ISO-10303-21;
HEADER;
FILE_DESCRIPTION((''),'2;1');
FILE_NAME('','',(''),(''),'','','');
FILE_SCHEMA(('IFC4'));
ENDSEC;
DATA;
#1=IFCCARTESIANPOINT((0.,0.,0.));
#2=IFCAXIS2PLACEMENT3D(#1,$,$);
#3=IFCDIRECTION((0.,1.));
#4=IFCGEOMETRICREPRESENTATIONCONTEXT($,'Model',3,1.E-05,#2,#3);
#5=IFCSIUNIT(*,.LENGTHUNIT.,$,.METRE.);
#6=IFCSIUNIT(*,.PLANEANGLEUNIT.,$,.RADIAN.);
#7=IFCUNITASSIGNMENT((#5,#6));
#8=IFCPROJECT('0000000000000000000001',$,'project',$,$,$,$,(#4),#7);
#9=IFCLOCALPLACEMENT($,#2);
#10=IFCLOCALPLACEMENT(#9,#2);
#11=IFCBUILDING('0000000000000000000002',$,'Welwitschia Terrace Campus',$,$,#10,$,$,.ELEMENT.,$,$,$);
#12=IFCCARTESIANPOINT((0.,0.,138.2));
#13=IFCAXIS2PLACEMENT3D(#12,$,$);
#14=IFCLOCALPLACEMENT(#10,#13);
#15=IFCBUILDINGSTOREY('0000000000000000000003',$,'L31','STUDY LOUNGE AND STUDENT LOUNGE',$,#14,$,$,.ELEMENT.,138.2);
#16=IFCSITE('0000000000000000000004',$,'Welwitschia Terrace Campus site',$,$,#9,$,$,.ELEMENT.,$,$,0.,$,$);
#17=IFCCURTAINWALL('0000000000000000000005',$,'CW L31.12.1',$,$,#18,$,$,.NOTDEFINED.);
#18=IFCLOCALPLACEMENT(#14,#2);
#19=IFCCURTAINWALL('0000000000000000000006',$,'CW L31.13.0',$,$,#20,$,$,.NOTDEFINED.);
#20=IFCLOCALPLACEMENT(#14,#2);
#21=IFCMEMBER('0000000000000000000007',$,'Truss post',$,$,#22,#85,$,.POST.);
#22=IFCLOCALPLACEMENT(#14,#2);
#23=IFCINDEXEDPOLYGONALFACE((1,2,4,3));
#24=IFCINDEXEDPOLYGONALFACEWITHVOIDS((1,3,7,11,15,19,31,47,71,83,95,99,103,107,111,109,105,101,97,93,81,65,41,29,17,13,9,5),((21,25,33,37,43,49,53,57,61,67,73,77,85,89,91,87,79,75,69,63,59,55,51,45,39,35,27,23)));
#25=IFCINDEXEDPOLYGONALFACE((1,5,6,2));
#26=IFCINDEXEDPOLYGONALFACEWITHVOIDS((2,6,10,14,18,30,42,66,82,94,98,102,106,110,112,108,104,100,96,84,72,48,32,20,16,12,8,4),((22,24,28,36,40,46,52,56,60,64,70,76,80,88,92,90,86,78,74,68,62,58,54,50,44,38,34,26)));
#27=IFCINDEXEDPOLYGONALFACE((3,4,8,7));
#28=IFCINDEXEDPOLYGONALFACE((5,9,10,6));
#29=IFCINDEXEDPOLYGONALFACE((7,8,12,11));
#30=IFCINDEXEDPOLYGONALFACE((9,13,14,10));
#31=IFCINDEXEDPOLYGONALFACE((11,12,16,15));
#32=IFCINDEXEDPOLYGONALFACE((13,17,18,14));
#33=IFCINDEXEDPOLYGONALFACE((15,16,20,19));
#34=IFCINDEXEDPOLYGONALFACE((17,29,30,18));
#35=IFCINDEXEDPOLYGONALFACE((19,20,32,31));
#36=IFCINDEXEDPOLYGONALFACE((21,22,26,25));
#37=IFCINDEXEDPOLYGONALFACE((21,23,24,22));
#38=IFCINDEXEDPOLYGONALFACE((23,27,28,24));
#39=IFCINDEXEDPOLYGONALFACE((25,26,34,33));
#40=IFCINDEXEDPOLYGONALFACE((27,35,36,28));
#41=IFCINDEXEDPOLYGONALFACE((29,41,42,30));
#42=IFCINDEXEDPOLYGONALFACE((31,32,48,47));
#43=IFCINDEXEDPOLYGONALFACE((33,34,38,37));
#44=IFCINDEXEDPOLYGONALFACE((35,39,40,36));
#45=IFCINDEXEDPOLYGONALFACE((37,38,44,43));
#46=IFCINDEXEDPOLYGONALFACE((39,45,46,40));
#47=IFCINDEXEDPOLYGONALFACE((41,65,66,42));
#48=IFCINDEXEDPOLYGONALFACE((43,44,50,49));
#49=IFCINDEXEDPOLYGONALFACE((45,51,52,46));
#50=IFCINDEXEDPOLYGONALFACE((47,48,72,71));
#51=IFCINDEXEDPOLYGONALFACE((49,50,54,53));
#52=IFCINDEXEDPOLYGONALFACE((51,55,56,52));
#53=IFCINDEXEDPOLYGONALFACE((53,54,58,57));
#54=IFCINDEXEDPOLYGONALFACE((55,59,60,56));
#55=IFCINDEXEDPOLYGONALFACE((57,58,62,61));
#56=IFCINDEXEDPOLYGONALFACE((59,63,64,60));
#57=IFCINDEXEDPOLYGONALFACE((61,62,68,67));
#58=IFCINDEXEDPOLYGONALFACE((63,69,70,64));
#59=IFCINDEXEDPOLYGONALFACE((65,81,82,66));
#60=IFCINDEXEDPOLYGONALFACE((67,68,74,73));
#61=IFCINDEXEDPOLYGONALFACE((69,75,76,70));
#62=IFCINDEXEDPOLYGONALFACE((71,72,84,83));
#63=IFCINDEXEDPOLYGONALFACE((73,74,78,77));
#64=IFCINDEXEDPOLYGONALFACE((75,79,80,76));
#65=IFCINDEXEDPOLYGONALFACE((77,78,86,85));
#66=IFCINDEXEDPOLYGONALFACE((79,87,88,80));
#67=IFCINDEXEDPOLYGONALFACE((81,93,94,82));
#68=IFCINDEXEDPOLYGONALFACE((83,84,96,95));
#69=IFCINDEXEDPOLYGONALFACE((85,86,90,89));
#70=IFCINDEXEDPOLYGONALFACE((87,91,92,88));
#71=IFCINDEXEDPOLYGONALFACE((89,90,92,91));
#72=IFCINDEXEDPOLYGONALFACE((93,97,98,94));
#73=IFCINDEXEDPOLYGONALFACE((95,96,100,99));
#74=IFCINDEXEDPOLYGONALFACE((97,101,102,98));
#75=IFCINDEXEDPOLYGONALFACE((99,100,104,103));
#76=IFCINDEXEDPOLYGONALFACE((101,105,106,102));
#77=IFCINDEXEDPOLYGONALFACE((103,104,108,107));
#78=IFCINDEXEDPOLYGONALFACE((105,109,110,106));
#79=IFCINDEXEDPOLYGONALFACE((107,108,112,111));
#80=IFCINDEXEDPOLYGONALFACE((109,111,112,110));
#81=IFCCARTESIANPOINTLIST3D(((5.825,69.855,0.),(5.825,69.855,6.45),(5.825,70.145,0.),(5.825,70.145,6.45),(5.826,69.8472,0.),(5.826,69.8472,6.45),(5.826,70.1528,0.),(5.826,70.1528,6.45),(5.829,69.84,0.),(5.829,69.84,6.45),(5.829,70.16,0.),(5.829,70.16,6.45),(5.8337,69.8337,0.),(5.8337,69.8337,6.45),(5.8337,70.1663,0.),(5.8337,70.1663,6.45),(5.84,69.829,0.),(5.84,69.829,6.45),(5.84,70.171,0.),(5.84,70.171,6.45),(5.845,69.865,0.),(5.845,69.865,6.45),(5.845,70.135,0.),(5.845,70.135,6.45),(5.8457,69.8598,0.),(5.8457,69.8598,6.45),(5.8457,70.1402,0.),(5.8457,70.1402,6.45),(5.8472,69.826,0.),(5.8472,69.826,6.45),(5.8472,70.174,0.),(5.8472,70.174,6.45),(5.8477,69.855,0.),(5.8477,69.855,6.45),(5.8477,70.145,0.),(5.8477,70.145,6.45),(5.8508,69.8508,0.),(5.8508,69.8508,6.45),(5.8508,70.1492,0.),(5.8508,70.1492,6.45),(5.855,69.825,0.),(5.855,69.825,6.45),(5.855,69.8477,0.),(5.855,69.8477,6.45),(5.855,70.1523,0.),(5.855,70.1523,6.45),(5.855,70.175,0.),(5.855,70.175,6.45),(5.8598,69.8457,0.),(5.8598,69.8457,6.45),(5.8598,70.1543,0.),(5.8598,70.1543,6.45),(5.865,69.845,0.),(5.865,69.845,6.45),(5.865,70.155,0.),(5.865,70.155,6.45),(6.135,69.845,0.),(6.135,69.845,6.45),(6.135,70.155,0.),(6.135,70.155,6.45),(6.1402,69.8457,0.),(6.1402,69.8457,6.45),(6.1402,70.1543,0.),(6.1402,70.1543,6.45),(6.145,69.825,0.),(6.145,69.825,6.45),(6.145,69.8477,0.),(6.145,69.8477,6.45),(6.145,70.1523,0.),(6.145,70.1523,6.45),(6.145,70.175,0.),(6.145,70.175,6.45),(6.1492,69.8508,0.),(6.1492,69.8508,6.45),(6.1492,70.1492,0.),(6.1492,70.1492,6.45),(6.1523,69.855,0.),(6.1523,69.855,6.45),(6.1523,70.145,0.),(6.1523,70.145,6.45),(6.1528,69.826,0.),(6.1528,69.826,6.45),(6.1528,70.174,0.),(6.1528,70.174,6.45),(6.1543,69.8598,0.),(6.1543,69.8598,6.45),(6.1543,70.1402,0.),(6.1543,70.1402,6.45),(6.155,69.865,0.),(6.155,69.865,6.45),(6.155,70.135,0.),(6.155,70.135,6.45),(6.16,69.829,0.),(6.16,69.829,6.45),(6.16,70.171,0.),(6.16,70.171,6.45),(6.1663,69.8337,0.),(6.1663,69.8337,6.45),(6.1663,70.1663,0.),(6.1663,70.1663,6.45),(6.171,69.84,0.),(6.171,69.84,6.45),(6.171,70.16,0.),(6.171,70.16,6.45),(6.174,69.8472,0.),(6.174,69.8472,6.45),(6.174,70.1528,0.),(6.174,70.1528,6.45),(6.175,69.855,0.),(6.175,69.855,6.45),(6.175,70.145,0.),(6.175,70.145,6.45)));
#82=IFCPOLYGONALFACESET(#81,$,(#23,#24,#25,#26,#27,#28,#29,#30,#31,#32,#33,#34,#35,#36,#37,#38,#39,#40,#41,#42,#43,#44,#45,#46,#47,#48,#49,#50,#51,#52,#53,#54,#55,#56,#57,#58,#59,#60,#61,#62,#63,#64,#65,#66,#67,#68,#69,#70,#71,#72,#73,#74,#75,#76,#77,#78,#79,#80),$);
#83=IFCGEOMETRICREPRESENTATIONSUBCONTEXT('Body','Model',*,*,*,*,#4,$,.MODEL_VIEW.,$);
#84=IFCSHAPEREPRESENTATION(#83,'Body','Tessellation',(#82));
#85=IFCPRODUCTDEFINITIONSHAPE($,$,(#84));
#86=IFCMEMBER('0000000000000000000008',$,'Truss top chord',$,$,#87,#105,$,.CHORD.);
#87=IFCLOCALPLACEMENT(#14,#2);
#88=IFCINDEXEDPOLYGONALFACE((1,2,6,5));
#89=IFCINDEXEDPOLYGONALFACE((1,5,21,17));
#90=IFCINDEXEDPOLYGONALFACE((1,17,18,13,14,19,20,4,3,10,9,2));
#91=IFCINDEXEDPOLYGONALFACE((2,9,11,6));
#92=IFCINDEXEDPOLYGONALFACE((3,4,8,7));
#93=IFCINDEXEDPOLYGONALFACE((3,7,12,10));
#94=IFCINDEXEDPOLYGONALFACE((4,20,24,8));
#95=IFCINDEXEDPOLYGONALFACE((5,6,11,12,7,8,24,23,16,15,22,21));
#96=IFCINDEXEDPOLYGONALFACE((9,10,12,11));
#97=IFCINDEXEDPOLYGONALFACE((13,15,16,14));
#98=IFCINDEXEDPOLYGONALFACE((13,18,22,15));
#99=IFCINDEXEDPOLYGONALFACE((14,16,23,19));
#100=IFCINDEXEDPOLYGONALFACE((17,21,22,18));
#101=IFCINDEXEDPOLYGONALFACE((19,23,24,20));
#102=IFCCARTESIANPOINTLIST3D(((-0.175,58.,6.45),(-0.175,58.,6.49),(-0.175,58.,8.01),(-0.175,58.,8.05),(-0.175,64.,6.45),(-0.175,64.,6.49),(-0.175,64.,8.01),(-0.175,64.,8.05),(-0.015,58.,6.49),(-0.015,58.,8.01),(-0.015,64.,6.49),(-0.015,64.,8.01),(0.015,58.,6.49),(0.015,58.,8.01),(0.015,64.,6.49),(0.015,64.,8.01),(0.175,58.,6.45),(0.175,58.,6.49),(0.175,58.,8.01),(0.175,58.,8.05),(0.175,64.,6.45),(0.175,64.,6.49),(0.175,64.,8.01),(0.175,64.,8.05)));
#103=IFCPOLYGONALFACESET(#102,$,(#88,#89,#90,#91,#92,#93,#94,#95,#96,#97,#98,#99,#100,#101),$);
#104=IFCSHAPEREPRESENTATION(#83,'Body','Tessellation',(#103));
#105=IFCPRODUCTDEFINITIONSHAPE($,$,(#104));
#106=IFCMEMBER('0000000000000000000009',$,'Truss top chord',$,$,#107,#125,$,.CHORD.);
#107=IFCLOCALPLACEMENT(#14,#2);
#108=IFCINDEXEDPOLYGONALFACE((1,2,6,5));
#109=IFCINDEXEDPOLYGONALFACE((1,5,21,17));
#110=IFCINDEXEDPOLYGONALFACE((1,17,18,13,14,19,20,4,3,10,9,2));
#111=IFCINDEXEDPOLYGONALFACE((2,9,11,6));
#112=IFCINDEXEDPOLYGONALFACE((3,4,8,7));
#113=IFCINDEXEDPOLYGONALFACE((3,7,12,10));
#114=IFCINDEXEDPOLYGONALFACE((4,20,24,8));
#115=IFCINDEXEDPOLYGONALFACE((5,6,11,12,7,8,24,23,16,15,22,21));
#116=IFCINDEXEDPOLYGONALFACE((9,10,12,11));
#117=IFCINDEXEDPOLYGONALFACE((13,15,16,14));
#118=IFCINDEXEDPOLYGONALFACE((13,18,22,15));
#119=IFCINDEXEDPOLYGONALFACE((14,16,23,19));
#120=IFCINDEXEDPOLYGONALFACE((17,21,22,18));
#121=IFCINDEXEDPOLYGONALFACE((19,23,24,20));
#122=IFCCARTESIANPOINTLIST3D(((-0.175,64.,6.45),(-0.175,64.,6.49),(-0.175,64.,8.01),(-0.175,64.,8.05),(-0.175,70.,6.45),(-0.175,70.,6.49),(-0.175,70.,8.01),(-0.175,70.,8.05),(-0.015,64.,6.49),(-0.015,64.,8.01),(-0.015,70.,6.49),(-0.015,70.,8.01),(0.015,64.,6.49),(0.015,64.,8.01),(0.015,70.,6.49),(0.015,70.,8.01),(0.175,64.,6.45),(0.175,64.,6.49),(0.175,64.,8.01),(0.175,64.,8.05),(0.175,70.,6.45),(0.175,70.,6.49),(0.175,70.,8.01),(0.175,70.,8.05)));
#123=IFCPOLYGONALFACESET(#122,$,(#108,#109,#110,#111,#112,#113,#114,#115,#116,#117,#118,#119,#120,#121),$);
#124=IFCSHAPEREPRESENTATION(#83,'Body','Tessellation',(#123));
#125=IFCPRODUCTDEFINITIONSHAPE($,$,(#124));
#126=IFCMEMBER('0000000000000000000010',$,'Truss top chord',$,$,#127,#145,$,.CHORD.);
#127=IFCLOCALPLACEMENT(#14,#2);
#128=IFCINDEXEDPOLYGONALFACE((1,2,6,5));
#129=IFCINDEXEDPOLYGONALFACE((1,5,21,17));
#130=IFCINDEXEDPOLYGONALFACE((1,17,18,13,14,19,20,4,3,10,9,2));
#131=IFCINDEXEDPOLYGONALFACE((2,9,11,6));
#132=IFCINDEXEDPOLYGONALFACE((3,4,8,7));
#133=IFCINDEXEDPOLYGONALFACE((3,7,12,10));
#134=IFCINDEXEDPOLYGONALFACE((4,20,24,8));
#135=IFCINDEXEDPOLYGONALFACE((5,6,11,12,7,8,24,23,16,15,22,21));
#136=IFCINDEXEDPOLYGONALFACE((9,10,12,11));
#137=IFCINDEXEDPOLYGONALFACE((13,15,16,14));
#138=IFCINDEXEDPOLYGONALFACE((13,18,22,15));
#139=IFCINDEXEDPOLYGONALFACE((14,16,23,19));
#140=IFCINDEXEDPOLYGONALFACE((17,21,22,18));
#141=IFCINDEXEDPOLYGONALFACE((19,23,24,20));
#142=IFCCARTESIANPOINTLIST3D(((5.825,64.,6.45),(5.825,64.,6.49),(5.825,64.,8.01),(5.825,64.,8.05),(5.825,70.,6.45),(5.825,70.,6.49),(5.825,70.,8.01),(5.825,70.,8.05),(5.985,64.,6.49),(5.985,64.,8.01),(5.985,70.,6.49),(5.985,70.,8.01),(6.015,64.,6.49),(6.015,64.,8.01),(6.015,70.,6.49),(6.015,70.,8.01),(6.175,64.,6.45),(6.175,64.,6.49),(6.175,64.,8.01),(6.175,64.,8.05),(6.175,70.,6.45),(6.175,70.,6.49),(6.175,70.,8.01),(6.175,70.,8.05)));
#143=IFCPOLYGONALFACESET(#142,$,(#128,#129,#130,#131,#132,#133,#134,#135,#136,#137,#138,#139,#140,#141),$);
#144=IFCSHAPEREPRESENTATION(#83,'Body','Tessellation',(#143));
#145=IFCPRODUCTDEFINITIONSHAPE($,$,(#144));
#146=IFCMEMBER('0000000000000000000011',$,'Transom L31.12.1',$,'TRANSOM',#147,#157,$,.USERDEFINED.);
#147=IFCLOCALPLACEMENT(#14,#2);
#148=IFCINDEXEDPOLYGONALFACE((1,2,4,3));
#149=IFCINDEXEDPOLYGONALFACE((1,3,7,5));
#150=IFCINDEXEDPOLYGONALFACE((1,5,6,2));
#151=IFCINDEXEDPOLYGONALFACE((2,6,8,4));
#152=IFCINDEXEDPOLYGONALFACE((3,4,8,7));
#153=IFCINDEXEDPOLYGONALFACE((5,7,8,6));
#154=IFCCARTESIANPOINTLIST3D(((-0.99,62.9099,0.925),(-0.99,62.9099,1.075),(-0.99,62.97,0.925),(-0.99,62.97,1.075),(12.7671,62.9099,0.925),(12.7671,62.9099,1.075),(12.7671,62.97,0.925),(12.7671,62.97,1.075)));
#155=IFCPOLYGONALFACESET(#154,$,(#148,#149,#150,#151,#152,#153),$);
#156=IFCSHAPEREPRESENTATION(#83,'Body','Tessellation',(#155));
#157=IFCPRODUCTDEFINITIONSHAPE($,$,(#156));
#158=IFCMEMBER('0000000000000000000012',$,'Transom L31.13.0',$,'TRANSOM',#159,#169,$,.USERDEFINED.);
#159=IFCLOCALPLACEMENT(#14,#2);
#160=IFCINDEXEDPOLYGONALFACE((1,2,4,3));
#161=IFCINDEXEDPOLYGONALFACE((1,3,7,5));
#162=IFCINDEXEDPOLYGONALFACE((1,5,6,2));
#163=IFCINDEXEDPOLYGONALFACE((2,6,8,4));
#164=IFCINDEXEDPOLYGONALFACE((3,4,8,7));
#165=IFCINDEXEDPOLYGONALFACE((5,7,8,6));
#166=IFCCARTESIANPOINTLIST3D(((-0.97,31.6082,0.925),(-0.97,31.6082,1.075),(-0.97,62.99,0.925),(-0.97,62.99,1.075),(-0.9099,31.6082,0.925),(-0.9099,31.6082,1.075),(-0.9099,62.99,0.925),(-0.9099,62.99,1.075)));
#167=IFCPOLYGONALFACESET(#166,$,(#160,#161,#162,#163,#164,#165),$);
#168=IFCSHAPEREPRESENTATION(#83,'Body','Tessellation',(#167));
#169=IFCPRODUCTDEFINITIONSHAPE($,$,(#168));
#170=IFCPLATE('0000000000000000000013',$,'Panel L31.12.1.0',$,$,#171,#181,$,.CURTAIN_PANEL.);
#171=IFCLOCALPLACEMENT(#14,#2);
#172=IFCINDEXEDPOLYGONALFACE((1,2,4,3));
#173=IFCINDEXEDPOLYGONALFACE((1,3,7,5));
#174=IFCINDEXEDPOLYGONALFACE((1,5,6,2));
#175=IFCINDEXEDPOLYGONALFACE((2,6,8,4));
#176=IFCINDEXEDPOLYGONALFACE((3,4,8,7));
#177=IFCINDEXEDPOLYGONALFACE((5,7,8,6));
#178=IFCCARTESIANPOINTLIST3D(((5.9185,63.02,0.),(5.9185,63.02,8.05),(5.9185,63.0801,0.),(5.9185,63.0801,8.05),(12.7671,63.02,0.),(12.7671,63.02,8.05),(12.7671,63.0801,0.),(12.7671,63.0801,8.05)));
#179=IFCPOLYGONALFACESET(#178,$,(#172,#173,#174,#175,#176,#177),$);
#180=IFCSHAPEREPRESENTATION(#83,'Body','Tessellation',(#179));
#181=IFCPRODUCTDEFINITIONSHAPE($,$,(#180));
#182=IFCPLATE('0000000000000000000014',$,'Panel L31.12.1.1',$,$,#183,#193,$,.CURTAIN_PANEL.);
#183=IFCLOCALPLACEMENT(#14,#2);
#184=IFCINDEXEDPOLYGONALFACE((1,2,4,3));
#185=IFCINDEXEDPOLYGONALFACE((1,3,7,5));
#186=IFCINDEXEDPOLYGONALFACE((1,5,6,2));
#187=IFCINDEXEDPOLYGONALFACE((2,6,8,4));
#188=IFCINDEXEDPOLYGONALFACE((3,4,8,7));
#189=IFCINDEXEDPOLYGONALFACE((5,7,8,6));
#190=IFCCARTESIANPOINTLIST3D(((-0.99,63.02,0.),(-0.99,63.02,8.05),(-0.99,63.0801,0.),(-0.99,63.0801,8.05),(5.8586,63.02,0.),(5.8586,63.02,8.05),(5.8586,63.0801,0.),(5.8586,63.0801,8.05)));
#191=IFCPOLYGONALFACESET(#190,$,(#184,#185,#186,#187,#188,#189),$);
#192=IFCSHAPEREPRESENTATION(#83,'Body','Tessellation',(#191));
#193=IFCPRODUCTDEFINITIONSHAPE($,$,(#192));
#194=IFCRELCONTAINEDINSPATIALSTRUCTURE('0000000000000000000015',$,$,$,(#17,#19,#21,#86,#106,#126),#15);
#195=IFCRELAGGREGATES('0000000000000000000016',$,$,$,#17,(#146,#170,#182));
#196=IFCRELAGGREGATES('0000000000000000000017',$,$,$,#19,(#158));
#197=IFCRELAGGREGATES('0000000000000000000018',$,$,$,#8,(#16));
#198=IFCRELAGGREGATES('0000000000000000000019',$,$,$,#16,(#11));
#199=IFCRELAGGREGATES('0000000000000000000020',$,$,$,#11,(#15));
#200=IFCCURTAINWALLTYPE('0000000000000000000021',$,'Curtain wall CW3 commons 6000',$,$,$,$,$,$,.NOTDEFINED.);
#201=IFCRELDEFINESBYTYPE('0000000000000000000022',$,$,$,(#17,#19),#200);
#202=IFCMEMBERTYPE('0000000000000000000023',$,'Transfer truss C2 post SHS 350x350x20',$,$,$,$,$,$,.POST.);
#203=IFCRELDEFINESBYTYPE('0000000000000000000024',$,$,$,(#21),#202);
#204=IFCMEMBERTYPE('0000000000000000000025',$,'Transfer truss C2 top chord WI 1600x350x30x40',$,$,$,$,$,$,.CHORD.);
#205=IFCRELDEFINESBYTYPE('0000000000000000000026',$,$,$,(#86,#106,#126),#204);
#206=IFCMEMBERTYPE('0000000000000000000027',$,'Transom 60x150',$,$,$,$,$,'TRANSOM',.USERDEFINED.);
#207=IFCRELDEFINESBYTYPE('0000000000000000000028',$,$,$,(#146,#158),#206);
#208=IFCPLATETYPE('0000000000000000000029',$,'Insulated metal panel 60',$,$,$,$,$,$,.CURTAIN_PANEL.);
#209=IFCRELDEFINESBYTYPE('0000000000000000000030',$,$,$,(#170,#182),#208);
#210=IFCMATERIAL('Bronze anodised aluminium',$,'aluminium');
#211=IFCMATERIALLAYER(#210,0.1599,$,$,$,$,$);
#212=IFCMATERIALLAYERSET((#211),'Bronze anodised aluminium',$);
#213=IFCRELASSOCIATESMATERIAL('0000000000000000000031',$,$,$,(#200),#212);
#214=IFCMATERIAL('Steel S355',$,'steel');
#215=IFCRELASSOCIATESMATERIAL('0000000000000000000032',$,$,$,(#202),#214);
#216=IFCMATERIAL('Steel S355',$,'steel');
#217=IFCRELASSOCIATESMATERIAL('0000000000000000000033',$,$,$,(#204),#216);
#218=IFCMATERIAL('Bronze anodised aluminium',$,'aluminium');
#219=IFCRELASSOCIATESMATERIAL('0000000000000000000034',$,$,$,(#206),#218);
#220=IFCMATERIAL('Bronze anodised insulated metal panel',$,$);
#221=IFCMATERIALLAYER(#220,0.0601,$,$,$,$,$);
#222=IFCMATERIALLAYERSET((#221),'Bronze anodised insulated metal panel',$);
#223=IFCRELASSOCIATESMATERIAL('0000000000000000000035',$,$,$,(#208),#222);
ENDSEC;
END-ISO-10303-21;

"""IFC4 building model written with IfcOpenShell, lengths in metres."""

from ifc_helpers import new_model, si_unit, direction, frame, origin, origin_2d, place, context, subcontext, project, spatial, rectangle, hollow_rectangle, i_section, extrude, material, layer, layer_set, material_profile, profile_set, type_object, element, aggregate, save


model = new_model("IFC4")

# Units and contexts
model_context = context("Model", 3, precision=1e-05, world=origin(), true_north=direction((0.0, 1.0)))
body_context = subcontext(model_context, "Body", "Model", "MODEL_VIEW")
ifc_project = project(units=[si_unit("LENGTHUNIT", "METRE"), si_unit("PLANEANGLEUNIT", "RADIAN")], contexts=[model_context])

# Site, building, storey
site_placement = place(None, origin())
site = spatial("IfcSite", under=ifc_project, at=site_placement, Name="Welwitschia Terrace Campus site", CompositionType="ELEMENT", RefElevation=0.0)
building_placement = place(site_placement, origin())
building = spatial("IfcBuilding", under=site, at=building_placement, Name="Welwitschia Terrace Campus", CompositionType="ELEMENT")
storey_placement = place(building_placement, frame((0.0, 0.0, 138.2)))
storey = spatial("IfcBuildingStorey", under=building, at=storey_placement, Name="L31", Description="STUDY LOUNGE AND STUDENT LOUNGE", CompositionType="ELEMENT", Elevation=138.2)

# Curtain walls
ifc_material_1 = material(Name="Bronze anodised aluminium", Category="aluminium")
ifc_layer_1 = layer(ifc_material_1, 0.1599)
ifc_layer_set_1 = layer_set([ifc_layer_1], Name="Bronze anodised aluminium")
curtain_wall_type = type_object("IfcCurtainWallType", Name="Curtain wall CW3 commons 6000", PredefinedType="NOTDEFINED", material=ifc_layer_set_1)
curtain_wall_1_placement = place(storey_placement, origin())
curtain_wall_1 = element("IfcCurtainWall", 1, at=curtain_wall_1_placement, inside=storey, type_object=curtain_wall_type, Name="CW L31.12.1", PredefinedType="NOTDEFINED")
curtain_wall_2_placement = place(storey_placement, origin())
curtain_wall_2 = element("IfcCurtainWall", 2, at=curtain_wall_2_placement, inside=storey, type_object=curtain_wall_type, Name="CW L31.13.0", PredefinedType="NOTDEFINED")

# Members
ifc_material_2 = material(Name="Steel S355", Category="steel")
ifc_material_profile_1 = material_profile(ifc_material_2, hollow_rectangle(XDim=0.3501, YDim=0.3501, WallThickness=0.02, InnerFilletRadius=0.02, OuterFilletRadius=0.03, at=origin_2d()))
ifc_profile_set_1 = profile_set([ifc_material_profile_1], Name="Steel S355")
member_type_1 = type_object("IfcMemberType", Name="Transfer truss C2 post SHS 350x350x20", PredefinedType="POST", material=ifc_profile_set_1)
for number, where, z_axis, x_axis, name in (
    (3, (6.0, 70.0, 0.0), (0.0, 0.0, 1.0), (1.0, 0.0, 0.0), "Truss post"),
):
    element("IfcMember", number, at=place(storey_placement, frame(where, z_axis=z_axis, x_axis=x_axis)), inside=storey, type_object=member_type_1, Name=name, PredefinedType="POST", context=body_context, shape_type="SweptSolid", body=[
        extrude(hollow_rectangle(XDim=0.3501, YDim=0.3501, WallThickness=0.02, InnerFilletRadius=0.02, OuterFilletRadius=0.03, at=origin_2d()), origin(), (0.0, 0.0, 1.0), 6.45),
    ])
ifc_material_3 = material(Name="Steel S355", Category="steel")
ifc_material_profile_2 = material_profile(ifc_material_3, i_section(OverallWidth=0.3501, OverallDepth=1.6001, WebThickness=0.03, FlangeThickness=0.04, at=origin_2d()))
ifc_profile_set_2 = profile_set([ifc_material_profile_2], Name="Steel S355")
member_type_2 = type_object("IfcMemberType", Name="Transfer truss C2 top chord WI 1600x350x30x40", PredefinedType="CHORD", material=ifc_profile_set_2)
for number, where, z_axis, x_axis, name in (
    (4, (0.0, 58.0, 7.25), (0.0, 1.0, 0.0), (-1.0, 0.0, 0.0), "Truss top chord"),
    (5, (0.0, 64.0, 7.25), (0.0, 1.0, 0.0), (-1.0, 0.0, 0.0), "Truss top chord"),
    (6, (6.0, 64.0, 7.25), (0.0, 1.0, 0.0), (-1.0, 0.0, 0.0), "Truss top chord"),
):
    element("IfcMember", number, at=place(storey_placement, frame(where, z_axis=z_axis, x_axis=x_axis)), inside=storey, type_object=member_type_2, Name=name, PredefinedType="CHORD", context=body_context, shape_type="SweptSolid", body=[
        extrude(i_section(OverallWidth=0.3501, OverallDepth=1.6001, WebThickness=0.03, FlangeThickness=0.04, at=origin_2d()), origin(), (0.0, 0.0, 1.0), 6.0),
    ])

# Members
ifc_material_4 = material(Name="Bronze anodised aluminium", Category="aluminium")
ifc_material_profile_3 = material_profile(ifc_material_4, rectangle(XDim=0.0601, YDim=0.1499, at=origin_2d()))
ifc_profile_set_3 = profile_set([ifc_material_profile_3], Name="Bronze anodised aluminium")
member_type_3 = type_object("IfcMemberType", Name="Transom 60x150", ElementType="TRANSOM", PredefinedType="USERDEFINED", material=ifc_profile_set_3)
member_1_placement = place(storey_placement, frame((12.7671, 62.9399, 1.0), z_axis=(-1.0, 0.0, 0.0), x_axis=(0.0, -1.0, 0.0)))
member_1 = element("IfcMember", 7, at=member_1_placement, type_object=member_type_3, Name="Transom L31.12.1", ObjectType="TRANSOM", PredefinedType="USERDEFINED", context=body_context, shape_type="SweptSolid", body=[
    extrude(rectangle(XDim=0.0601, YDim=0.1499, at=origin_2d()), origin(), (0.0, 0.0, 1.0), 13.7571),
])
member_2_placement = place(storey_placement, frame((-0.9399, 62.99, 1.0), z_axis=(0.0, -1.0, 0.0), x_axis=(1.0, 0.0, 0.0)))
member_2 = element("IfcMember", 8, at=member_2_placement, type_object=member_type_3, Name="Transom L31.13.0", ObjectType="TRANSOM", PredefinedType="USERDEFINED", context=body_context, shape_type="SweptSolid", body=[
    extrude(rectangle(XDim=0.0601, YDim=0.1499, at=origin_2d()), origin(), (0.0, 0.0, 1.0), 31.3818),
])

# Plates
ifc_material_5 = material(Name="Bronze anodised insulated metal panel")
ifc_layer_2 = layer(ifc_material_5, 0.0601)
ifc_layer_set_2 = layer_set([ifc_layer_2], Name="Bronze anodised insulated metal panel")
plate_type = type_object("IfcPlateType", Name="Insulated metal panel 60", PredefinedType="CURTAIN_PANEL", material=ifc_layer_set_2)
plate_1_placement = place(storey_placement, frame((9.3428, 63.05, 0.0), z_axis=(0.0, 0.0, 1.0), x_axis=(-1.0, 0.0, 0.0)))
plate_1 = element("IfcPlate", 9, at=plate_1_placement, type_object=plate_type, Name="Panel L31.12.1.0", PredefinedType="CURTAIN_PANEL", context=body_context, shape_type="SweptSolid", body=[
    extrude(rectangle(XDim=6.8486, YDim=0.0601, at=origin_2d()), origin(), (0.0, 0.0, 1.0), 8.05),
])
plate_2_placement = place(storey_placement, frame((2.4343, 63.05, 0.0), z_axis=(0.0, 0.0, 1.0), x_axis=(-1.0, 0.0, 0.0)))
plate_2 = element("IfcPlate", 10, at=plate_2_placement, type_object=plate_type, Name="Panel L31.12.1.1", PredefinedType="CURTAIN_PANEL", context=body_context, shape_type="SweptSolid", body=[
    extrude(rectangle(XDim=6.8486, YDim=0.0601, at=origin_2d()), origin(), (0.0, 0.0, 1.0), 8.05),
])
aggregate(curtain_wall_1, [member_1, plate_1, plate_2])
aggregate(curtain_wall_2, [member_2])

save(model, "model.ifc")
